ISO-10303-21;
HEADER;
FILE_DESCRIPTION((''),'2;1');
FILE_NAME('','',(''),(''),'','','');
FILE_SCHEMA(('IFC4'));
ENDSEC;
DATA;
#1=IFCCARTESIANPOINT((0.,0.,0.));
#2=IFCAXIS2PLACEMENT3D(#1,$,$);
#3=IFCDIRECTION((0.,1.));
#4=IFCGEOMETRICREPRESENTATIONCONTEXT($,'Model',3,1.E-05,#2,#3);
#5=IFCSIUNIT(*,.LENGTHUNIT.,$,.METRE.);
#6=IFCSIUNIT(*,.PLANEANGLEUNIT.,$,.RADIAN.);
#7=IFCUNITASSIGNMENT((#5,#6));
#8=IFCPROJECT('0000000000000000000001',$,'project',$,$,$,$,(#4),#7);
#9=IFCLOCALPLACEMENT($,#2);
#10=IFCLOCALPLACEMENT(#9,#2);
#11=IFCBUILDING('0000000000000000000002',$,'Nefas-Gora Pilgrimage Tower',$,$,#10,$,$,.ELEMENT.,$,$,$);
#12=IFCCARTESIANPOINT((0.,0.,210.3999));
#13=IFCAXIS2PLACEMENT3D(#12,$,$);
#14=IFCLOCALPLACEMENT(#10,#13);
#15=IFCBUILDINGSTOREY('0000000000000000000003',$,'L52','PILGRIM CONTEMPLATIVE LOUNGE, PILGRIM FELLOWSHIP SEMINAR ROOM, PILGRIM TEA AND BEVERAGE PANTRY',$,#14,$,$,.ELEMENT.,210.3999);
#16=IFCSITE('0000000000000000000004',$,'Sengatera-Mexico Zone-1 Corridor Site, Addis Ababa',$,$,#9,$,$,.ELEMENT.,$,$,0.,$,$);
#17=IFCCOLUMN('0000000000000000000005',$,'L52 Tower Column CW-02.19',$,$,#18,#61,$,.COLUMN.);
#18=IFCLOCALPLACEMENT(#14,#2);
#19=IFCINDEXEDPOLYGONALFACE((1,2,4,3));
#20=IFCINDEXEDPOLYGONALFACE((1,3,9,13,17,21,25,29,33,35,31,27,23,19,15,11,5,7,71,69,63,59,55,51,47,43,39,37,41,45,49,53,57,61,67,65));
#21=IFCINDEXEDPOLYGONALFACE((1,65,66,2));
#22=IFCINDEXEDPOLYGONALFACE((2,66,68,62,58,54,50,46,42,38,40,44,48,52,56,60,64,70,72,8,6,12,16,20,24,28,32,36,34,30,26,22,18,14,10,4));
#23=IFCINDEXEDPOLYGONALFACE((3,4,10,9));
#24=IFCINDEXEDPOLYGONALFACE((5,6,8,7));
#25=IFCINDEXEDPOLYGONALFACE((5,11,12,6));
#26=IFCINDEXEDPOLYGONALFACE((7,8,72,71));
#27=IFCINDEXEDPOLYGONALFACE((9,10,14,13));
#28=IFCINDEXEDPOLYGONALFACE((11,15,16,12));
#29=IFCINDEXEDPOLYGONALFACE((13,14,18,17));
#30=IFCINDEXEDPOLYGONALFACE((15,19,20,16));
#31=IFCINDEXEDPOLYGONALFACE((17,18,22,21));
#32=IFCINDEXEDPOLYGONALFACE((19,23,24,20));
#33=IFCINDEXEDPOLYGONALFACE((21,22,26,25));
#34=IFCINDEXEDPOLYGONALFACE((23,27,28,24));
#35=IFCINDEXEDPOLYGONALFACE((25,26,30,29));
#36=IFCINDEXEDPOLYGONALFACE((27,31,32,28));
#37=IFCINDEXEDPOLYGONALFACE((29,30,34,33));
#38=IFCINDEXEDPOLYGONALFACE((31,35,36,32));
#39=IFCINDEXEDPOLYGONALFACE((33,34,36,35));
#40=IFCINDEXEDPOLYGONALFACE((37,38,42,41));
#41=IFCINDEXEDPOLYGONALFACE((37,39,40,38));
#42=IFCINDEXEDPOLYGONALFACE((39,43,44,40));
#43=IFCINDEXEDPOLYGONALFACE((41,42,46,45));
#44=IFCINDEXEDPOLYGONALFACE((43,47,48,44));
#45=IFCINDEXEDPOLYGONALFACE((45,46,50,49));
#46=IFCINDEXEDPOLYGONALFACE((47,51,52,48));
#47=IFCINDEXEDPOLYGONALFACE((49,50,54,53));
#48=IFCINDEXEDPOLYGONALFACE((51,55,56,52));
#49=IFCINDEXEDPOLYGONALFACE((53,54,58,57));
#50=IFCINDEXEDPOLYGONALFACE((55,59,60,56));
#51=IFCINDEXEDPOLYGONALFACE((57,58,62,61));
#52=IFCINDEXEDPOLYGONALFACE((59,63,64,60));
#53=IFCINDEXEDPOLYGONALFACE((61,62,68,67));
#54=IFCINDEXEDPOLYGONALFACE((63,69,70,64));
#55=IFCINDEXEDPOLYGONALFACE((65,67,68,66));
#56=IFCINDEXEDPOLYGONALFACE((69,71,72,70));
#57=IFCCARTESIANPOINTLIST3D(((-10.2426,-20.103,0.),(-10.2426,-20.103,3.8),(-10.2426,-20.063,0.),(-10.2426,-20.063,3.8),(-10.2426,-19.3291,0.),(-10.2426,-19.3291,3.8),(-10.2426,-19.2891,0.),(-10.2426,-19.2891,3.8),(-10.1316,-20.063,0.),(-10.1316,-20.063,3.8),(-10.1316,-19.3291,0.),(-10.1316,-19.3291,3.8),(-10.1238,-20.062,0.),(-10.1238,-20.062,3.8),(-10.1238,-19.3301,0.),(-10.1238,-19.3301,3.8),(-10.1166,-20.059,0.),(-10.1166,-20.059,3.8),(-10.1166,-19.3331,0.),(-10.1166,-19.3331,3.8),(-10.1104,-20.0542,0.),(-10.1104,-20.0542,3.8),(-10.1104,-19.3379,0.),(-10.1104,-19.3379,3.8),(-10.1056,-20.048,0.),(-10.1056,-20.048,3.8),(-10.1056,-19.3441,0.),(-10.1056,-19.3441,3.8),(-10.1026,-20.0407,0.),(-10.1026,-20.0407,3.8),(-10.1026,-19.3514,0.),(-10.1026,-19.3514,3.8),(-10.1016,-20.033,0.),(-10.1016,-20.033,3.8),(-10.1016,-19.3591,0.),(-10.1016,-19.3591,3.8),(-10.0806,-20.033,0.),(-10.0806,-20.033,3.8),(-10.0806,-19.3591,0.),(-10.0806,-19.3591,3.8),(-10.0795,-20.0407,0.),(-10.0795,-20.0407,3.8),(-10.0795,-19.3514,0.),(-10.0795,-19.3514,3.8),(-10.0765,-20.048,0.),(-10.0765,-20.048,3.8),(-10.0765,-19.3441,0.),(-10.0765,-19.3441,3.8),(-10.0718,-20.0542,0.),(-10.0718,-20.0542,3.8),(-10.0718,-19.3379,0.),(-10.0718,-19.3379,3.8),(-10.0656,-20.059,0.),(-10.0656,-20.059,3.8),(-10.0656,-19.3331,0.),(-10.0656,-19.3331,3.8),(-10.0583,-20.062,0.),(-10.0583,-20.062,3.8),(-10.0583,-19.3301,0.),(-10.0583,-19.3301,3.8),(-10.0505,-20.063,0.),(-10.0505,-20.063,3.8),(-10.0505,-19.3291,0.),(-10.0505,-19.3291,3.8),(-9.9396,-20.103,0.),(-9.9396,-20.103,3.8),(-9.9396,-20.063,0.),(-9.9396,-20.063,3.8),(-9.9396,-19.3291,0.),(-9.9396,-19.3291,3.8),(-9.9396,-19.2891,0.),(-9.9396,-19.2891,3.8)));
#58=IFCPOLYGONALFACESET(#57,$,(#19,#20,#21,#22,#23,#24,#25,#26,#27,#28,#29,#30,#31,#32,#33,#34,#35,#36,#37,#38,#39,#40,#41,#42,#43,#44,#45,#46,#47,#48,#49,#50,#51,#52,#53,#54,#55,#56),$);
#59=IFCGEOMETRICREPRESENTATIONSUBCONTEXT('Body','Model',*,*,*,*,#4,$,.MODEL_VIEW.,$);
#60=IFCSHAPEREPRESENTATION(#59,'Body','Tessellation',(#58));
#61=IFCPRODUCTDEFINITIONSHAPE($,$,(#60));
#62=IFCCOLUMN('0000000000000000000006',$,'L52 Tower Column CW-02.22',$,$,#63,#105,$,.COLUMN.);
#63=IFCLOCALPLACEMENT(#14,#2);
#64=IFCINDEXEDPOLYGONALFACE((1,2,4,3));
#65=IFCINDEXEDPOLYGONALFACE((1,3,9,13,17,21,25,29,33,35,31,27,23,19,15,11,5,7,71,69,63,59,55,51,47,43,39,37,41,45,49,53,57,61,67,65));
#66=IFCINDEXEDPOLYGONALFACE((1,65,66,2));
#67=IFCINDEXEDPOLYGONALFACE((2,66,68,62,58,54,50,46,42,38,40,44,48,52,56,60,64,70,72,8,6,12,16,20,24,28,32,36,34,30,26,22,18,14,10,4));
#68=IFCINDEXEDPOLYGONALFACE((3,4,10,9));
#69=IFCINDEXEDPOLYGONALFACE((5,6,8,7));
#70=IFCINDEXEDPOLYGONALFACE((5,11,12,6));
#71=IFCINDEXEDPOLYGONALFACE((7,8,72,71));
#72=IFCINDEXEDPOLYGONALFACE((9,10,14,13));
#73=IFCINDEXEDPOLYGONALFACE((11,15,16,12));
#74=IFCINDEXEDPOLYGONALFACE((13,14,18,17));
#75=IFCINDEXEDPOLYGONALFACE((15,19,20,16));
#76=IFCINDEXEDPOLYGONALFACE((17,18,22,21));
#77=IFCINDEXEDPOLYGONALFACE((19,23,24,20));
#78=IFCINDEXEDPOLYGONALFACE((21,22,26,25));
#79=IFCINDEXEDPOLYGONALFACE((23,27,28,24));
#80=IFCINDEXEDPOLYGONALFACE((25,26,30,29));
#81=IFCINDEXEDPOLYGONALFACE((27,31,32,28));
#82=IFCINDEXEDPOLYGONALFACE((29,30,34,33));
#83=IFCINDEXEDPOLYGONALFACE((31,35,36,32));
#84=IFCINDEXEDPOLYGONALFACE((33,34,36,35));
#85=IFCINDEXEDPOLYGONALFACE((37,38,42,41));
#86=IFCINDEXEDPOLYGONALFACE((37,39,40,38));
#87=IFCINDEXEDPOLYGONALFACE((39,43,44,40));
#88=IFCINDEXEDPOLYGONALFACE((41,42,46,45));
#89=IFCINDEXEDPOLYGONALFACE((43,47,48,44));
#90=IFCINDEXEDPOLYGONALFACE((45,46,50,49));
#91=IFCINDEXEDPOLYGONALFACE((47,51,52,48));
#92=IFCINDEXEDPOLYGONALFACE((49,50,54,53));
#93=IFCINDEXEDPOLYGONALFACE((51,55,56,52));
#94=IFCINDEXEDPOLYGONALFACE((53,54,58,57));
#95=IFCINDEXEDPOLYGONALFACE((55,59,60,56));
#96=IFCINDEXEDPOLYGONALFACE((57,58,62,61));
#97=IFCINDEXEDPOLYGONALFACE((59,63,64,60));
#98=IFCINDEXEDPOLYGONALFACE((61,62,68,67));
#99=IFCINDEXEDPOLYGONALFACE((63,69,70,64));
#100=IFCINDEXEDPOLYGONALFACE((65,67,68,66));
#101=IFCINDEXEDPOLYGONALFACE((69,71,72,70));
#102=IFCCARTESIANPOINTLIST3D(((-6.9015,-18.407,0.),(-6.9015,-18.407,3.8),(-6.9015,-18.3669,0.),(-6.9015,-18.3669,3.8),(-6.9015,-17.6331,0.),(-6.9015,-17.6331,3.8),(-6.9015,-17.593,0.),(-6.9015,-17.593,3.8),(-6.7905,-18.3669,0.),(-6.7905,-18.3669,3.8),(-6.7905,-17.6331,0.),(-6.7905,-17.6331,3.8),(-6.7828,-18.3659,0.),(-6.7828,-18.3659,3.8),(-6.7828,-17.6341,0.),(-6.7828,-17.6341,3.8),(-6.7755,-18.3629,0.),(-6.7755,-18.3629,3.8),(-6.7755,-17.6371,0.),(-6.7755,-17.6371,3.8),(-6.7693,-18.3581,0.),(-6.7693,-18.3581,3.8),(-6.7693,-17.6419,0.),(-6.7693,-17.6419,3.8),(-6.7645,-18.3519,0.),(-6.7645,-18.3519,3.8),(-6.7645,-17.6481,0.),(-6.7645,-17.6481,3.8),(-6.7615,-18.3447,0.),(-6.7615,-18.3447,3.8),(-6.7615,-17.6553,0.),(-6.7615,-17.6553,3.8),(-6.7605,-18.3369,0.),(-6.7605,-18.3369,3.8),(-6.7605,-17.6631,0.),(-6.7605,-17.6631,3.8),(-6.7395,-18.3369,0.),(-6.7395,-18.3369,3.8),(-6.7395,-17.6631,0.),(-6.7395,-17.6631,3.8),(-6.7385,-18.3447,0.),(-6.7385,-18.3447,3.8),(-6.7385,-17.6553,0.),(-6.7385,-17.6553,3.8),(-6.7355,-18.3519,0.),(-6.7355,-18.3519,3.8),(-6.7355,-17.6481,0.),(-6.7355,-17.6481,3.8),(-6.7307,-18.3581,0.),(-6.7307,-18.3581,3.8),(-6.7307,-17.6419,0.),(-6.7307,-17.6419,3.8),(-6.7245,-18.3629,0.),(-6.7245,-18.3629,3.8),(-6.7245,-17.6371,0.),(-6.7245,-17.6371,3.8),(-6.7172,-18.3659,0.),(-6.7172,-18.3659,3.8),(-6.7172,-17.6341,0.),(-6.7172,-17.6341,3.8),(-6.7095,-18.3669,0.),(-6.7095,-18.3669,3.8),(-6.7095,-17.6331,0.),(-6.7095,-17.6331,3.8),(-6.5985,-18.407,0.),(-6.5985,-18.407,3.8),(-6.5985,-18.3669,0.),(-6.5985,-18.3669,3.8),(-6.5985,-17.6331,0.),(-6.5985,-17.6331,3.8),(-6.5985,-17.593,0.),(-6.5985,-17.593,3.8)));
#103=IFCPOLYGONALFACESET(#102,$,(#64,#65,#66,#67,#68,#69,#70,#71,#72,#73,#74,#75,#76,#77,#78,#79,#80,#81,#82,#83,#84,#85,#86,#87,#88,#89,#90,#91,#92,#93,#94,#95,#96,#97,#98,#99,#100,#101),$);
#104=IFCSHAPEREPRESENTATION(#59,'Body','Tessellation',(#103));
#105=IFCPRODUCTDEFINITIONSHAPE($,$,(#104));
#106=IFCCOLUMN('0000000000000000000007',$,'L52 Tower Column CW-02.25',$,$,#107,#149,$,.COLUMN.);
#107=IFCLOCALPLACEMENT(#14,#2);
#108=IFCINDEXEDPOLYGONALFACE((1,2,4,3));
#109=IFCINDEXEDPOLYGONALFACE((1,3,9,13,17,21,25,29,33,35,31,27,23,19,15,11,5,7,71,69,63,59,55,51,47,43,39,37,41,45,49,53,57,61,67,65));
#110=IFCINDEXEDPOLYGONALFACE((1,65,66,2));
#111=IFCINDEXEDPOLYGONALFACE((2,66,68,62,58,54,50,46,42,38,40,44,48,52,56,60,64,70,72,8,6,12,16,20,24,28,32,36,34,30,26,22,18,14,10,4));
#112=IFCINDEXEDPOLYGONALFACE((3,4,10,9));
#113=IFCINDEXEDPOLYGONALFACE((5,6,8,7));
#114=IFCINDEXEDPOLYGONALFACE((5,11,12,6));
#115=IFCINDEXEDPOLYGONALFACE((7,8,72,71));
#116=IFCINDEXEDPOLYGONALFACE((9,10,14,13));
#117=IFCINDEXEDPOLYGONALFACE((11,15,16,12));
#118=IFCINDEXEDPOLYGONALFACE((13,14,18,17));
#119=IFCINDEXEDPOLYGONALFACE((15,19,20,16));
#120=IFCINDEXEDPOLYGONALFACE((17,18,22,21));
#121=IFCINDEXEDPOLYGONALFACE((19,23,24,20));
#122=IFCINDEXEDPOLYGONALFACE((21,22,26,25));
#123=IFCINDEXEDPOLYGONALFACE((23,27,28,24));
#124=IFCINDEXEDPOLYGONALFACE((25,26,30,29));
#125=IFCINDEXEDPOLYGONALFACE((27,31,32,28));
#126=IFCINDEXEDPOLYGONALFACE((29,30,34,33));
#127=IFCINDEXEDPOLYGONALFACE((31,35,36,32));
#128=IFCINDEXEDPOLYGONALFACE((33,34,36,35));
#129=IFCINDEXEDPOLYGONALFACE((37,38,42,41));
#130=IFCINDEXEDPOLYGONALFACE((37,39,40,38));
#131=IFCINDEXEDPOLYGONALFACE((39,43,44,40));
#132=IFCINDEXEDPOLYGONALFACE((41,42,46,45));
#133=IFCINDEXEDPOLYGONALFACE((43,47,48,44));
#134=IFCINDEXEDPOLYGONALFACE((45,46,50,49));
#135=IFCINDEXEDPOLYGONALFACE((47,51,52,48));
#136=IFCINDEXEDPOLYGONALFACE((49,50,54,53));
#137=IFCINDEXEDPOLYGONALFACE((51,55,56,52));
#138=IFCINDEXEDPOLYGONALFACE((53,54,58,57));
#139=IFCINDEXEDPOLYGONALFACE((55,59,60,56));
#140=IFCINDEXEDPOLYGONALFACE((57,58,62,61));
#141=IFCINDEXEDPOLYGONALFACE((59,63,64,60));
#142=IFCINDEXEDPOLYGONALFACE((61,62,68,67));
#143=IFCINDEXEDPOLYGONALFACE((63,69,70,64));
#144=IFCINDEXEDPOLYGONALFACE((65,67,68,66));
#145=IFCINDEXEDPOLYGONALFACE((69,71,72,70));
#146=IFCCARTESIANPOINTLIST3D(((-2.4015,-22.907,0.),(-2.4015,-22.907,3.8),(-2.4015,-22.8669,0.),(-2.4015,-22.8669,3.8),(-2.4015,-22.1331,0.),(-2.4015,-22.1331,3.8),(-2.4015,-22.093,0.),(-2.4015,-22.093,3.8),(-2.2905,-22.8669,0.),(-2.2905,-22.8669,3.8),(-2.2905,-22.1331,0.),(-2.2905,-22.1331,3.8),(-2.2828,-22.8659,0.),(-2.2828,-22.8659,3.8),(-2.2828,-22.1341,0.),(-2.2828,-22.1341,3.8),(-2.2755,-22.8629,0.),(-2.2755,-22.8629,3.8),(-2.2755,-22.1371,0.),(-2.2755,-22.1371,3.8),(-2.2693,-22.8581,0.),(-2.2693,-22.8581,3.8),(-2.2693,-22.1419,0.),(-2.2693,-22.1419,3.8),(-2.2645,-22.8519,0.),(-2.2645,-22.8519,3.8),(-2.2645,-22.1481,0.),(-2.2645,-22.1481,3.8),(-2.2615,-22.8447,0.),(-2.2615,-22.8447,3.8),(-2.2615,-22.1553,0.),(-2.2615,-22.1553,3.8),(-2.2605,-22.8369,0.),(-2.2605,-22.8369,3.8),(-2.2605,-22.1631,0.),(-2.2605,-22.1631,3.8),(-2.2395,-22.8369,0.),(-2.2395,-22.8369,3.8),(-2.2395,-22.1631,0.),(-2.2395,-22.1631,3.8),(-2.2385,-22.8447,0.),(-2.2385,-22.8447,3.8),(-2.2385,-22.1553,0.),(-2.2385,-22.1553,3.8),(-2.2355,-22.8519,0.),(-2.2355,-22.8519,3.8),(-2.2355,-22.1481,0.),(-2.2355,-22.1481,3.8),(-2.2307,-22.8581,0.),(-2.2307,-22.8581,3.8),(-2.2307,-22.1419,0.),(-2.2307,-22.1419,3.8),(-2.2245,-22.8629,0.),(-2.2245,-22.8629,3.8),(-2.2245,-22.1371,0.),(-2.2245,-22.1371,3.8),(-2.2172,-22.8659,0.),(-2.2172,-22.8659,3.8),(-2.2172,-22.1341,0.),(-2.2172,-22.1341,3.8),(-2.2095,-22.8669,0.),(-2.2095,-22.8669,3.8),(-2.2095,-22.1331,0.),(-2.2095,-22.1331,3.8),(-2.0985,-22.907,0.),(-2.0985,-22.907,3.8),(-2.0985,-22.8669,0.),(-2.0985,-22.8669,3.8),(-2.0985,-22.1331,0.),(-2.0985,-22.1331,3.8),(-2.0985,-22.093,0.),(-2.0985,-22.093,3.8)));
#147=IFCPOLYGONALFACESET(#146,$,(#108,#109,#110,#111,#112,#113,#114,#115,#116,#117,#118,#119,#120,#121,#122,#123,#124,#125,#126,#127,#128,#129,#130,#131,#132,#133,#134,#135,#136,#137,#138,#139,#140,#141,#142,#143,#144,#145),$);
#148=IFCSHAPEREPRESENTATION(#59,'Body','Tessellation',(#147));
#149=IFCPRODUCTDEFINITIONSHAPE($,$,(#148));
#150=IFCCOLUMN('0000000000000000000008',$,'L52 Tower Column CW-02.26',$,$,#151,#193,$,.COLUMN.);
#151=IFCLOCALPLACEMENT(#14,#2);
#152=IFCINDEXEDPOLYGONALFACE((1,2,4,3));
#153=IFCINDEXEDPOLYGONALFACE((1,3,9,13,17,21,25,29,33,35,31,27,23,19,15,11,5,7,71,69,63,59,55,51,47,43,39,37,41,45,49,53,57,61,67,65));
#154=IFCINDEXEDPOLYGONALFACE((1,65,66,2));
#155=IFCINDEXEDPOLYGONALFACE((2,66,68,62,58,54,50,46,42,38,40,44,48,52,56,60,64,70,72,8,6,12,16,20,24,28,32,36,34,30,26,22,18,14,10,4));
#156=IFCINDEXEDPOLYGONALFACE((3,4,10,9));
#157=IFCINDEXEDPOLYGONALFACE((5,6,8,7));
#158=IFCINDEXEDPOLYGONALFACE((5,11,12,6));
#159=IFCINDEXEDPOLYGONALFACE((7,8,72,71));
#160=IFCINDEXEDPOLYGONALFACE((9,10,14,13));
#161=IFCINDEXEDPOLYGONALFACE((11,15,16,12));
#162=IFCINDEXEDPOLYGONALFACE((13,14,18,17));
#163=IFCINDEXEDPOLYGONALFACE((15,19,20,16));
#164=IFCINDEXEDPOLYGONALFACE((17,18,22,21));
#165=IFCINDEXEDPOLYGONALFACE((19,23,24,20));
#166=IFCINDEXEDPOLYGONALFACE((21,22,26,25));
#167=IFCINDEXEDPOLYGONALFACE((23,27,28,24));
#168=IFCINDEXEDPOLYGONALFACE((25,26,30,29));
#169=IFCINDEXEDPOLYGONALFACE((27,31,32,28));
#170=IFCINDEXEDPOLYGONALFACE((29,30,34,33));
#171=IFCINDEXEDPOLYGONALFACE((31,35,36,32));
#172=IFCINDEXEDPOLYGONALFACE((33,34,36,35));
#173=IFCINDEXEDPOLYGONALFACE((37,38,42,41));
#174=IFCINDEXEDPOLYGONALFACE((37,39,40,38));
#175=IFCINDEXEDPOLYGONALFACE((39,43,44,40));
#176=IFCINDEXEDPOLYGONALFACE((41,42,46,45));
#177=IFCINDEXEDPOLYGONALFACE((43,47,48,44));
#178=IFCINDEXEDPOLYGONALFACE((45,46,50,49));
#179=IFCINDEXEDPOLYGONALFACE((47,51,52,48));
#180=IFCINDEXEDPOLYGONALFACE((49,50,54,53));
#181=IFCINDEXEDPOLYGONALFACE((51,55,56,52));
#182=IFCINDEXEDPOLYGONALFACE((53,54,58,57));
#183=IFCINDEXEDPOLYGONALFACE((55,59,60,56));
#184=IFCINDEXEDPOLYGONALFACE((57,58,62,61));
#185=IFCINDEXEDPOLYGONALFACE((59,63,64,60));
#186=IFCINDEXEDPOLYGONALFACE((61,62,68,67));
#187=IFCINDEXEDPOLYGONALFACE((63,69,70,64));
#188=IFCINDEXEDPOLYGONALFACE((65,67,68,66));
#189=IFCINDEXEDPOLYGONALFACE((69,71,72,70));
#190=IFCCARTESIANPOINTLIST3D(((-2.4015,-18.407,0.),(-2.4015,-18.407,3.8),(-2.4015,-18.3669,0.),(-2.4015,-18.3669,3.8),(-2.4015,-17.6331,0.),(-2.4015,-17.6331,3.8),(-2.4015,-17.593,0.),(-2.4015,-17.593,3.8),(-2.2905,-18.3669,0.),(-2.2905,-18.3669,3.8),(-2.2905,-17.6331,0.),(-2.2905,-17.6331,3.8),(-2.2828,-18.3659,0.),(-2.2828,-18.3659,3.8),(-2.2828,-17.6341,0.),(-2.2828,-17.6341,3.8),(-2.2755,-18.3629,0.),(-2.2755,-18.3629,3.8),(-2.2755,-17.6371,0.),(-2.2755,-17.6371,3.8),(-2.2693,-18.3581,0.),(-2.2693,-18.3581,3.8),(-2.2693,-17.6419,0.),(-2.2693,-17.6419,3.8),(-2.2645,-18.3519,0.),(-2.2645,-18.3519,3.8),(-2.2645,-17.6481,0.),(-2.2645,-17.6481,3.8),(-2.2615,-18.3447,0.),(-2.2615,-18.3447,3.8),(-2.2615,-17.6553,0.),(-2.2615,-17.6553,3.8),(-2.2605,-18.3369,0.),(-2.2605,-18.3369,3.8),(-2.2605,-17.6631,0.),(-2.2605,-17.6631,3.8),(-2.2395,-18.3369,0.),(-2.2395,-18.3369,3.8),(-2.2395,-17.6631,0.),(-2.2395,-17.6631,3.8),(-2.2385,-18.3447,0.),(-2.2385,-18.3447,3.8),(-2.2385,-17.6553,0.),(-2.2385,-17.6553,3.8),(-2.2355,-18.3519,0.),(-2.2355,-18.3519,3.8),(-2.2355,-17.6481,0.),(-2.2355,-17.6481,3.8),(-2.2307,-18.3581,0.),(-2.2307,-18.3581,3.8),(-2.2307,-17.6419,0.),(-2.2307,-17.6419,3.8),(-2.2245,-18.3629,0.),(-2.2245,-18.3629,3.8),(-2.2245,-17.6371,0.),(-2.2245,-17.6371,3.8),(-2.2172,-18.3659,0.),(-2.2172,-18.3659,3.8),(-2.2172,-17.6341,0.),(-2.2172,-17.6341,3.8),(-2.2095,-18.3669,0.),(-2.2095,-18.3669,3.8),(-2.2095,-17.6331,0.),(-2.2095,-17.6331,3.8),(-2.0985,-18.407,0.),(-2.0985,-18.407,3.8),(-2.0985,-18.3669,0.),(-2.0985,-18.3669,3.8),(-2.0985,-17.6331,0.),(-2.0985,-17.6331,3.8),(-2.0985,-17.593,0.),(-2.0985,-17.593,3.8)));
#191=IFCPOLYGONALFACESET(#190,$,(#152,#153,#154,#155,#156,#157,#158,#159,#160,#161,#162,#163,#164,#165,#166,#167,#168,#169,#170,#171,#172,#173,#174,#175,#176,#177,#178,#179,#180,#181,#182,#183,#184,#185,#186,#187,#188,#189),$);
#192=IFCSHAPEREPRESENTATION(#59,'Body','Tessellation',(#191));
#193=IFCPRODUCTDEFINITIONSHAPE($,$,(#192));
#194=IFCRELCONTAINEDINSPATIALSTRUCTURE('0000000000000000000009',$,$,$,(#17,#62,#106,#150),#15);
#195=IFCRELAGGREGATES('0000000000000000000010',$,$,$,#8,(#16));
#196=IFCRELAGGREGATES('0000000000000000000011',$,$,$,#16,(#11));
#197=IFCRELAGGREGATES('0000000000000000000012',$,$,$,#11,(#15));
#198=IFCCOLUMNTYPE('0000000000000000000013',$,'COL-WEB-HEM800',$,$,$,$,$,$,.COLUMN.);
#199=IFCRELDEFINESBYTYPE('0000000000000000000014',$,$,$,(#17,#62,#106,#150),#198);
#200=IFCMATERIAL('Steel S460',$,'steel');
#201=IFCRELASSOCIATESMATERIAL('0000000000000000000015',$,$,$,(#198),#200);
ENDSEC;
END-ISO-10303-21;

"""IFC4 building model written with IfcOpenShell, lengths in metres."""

from ifc_helpers import new_model, si_unit, direction, frame, origin, origin_2d, place, context, subcontext, project, spatial, i_section, extrude, source, transform, mapped, material, material_profile, profile_set, type_object, element, save


model = new_model("IFC4")

# Units and contexts
model_context = context("Model", 3, precision=1e-05, world=origin(), true_north=direction((0.0, 1.0)))
body_context = subcontext(model_context, "Body", "Model", "MODEL_VIEW")
ifc_project = project(units=[si_unit("LENGTHUNIT", "METRE"), si_unit("PLANEANGLEUNIT", "RADIAN")], contexts=[model_context])

# Site, building, storey
site_placement = place(None, origin())
site = spatial("IfcSite", under=ifc_project, at=site_placement, Name="Sengatera-Mexico Zone-1 Corridor Site, Addis Ababa", CompositionType="ELEMENT", RefElevation=0.0)
building_placement = place(site_placement, origin())
building = spatial("IfcBuilding", under=site, at=building_placement, Name="Nefas-Gora Pilgrimage Tower", CompositionType="ELEMENT")
storey_placement = place(building_placement, frame((0.0, 0.0, 210.3999)))
storey = spatial("IfcBuildingStorey", under=building, at=storey_placement, Name="L52", Description="PILGRIM CONTEMPLATIVE LOUNGE, PILGRIM FELLOWSHIP SEMINAR ROOM, PILGRIM TEA AND BEVERAGE PANTRY", CompositionType="ELEMENT", Elevation=210.3999)

# Columns
ifc_material_1 = material(Name="Steel S460", Category="steel")
ifc_material_profile_1 = material_profile(ifc_material_1, i_section(OverallWidth=0.303, OverallDepth=0.814, WebThickness=0.021, FlangeThickness=0.04, FilletRadius=0.03, at=origin_2d()), Name="HEM 800")
ifc_profile_set_1 = profile_set([ifc_material_profile_1], Name="Steel S460")
column_type_1 = type_object("IfcColumnType", Name="COL-WEB-HEM800", PredefinedType="COLUMN", material=ifc_profile_set_1)
shared_shape_1 = source(origin(), body_context, "Body", "SweptSolid", [
    extrude(i_section(OverallWidth=0.303, OverallDepth=0.814, WebThickness=0.021, FlangeThickness=0.04, FilletRadius=0.03, at=origin_2d()), origin(), (0.0, 0.0, 1.0), 3.8),
])
for number, where, z_axis, x_axis, name in (
    (1, (-10.0911, -19.696, 0.0), (0.0, 0.0, 1.0), (1.0, 0.0, 0.0), "L52 Tower Column CW-02.19"),
    (2, (-6.75, -18.0, 0.0), (0.0, 0.0, 1.0), (1.0, 0.0, 0.0), "L52 Tower Column CW-02.22"),
    (3, (-2.25, -22.5, 0.0), (0.0, 0.0, 1.0), (1.0, 0.0, 0.0), "L52 Tower Column CW-02.25"),
    (4, (-2.25, -18.0, 0.0), (0.0, 0.0, 1.0), (1.0, 0.0, 0.0), "L52 Tower Column CW-02.26"),
):
    element("IfcColumn", number, at=place(storey_placement, frame(where, z_axis=z_axis, x_axis=x_axis)), inside=storey, type_object=column_type_1, Name=name, PredefinedType="COLUMN", context=body_context, shape_type="MappedRepresentation", body=[
        mapped(shared_shape_1, transform((0.0, 0.0, 0.0), x_axis=(1.0, 0.0, 0.0), y_axis=(0.0, 1.0, 0.0), z_axis=(0.0, 0.0, 1.0), scale=1.0)),
    ])

save(model, "model.ifc")
